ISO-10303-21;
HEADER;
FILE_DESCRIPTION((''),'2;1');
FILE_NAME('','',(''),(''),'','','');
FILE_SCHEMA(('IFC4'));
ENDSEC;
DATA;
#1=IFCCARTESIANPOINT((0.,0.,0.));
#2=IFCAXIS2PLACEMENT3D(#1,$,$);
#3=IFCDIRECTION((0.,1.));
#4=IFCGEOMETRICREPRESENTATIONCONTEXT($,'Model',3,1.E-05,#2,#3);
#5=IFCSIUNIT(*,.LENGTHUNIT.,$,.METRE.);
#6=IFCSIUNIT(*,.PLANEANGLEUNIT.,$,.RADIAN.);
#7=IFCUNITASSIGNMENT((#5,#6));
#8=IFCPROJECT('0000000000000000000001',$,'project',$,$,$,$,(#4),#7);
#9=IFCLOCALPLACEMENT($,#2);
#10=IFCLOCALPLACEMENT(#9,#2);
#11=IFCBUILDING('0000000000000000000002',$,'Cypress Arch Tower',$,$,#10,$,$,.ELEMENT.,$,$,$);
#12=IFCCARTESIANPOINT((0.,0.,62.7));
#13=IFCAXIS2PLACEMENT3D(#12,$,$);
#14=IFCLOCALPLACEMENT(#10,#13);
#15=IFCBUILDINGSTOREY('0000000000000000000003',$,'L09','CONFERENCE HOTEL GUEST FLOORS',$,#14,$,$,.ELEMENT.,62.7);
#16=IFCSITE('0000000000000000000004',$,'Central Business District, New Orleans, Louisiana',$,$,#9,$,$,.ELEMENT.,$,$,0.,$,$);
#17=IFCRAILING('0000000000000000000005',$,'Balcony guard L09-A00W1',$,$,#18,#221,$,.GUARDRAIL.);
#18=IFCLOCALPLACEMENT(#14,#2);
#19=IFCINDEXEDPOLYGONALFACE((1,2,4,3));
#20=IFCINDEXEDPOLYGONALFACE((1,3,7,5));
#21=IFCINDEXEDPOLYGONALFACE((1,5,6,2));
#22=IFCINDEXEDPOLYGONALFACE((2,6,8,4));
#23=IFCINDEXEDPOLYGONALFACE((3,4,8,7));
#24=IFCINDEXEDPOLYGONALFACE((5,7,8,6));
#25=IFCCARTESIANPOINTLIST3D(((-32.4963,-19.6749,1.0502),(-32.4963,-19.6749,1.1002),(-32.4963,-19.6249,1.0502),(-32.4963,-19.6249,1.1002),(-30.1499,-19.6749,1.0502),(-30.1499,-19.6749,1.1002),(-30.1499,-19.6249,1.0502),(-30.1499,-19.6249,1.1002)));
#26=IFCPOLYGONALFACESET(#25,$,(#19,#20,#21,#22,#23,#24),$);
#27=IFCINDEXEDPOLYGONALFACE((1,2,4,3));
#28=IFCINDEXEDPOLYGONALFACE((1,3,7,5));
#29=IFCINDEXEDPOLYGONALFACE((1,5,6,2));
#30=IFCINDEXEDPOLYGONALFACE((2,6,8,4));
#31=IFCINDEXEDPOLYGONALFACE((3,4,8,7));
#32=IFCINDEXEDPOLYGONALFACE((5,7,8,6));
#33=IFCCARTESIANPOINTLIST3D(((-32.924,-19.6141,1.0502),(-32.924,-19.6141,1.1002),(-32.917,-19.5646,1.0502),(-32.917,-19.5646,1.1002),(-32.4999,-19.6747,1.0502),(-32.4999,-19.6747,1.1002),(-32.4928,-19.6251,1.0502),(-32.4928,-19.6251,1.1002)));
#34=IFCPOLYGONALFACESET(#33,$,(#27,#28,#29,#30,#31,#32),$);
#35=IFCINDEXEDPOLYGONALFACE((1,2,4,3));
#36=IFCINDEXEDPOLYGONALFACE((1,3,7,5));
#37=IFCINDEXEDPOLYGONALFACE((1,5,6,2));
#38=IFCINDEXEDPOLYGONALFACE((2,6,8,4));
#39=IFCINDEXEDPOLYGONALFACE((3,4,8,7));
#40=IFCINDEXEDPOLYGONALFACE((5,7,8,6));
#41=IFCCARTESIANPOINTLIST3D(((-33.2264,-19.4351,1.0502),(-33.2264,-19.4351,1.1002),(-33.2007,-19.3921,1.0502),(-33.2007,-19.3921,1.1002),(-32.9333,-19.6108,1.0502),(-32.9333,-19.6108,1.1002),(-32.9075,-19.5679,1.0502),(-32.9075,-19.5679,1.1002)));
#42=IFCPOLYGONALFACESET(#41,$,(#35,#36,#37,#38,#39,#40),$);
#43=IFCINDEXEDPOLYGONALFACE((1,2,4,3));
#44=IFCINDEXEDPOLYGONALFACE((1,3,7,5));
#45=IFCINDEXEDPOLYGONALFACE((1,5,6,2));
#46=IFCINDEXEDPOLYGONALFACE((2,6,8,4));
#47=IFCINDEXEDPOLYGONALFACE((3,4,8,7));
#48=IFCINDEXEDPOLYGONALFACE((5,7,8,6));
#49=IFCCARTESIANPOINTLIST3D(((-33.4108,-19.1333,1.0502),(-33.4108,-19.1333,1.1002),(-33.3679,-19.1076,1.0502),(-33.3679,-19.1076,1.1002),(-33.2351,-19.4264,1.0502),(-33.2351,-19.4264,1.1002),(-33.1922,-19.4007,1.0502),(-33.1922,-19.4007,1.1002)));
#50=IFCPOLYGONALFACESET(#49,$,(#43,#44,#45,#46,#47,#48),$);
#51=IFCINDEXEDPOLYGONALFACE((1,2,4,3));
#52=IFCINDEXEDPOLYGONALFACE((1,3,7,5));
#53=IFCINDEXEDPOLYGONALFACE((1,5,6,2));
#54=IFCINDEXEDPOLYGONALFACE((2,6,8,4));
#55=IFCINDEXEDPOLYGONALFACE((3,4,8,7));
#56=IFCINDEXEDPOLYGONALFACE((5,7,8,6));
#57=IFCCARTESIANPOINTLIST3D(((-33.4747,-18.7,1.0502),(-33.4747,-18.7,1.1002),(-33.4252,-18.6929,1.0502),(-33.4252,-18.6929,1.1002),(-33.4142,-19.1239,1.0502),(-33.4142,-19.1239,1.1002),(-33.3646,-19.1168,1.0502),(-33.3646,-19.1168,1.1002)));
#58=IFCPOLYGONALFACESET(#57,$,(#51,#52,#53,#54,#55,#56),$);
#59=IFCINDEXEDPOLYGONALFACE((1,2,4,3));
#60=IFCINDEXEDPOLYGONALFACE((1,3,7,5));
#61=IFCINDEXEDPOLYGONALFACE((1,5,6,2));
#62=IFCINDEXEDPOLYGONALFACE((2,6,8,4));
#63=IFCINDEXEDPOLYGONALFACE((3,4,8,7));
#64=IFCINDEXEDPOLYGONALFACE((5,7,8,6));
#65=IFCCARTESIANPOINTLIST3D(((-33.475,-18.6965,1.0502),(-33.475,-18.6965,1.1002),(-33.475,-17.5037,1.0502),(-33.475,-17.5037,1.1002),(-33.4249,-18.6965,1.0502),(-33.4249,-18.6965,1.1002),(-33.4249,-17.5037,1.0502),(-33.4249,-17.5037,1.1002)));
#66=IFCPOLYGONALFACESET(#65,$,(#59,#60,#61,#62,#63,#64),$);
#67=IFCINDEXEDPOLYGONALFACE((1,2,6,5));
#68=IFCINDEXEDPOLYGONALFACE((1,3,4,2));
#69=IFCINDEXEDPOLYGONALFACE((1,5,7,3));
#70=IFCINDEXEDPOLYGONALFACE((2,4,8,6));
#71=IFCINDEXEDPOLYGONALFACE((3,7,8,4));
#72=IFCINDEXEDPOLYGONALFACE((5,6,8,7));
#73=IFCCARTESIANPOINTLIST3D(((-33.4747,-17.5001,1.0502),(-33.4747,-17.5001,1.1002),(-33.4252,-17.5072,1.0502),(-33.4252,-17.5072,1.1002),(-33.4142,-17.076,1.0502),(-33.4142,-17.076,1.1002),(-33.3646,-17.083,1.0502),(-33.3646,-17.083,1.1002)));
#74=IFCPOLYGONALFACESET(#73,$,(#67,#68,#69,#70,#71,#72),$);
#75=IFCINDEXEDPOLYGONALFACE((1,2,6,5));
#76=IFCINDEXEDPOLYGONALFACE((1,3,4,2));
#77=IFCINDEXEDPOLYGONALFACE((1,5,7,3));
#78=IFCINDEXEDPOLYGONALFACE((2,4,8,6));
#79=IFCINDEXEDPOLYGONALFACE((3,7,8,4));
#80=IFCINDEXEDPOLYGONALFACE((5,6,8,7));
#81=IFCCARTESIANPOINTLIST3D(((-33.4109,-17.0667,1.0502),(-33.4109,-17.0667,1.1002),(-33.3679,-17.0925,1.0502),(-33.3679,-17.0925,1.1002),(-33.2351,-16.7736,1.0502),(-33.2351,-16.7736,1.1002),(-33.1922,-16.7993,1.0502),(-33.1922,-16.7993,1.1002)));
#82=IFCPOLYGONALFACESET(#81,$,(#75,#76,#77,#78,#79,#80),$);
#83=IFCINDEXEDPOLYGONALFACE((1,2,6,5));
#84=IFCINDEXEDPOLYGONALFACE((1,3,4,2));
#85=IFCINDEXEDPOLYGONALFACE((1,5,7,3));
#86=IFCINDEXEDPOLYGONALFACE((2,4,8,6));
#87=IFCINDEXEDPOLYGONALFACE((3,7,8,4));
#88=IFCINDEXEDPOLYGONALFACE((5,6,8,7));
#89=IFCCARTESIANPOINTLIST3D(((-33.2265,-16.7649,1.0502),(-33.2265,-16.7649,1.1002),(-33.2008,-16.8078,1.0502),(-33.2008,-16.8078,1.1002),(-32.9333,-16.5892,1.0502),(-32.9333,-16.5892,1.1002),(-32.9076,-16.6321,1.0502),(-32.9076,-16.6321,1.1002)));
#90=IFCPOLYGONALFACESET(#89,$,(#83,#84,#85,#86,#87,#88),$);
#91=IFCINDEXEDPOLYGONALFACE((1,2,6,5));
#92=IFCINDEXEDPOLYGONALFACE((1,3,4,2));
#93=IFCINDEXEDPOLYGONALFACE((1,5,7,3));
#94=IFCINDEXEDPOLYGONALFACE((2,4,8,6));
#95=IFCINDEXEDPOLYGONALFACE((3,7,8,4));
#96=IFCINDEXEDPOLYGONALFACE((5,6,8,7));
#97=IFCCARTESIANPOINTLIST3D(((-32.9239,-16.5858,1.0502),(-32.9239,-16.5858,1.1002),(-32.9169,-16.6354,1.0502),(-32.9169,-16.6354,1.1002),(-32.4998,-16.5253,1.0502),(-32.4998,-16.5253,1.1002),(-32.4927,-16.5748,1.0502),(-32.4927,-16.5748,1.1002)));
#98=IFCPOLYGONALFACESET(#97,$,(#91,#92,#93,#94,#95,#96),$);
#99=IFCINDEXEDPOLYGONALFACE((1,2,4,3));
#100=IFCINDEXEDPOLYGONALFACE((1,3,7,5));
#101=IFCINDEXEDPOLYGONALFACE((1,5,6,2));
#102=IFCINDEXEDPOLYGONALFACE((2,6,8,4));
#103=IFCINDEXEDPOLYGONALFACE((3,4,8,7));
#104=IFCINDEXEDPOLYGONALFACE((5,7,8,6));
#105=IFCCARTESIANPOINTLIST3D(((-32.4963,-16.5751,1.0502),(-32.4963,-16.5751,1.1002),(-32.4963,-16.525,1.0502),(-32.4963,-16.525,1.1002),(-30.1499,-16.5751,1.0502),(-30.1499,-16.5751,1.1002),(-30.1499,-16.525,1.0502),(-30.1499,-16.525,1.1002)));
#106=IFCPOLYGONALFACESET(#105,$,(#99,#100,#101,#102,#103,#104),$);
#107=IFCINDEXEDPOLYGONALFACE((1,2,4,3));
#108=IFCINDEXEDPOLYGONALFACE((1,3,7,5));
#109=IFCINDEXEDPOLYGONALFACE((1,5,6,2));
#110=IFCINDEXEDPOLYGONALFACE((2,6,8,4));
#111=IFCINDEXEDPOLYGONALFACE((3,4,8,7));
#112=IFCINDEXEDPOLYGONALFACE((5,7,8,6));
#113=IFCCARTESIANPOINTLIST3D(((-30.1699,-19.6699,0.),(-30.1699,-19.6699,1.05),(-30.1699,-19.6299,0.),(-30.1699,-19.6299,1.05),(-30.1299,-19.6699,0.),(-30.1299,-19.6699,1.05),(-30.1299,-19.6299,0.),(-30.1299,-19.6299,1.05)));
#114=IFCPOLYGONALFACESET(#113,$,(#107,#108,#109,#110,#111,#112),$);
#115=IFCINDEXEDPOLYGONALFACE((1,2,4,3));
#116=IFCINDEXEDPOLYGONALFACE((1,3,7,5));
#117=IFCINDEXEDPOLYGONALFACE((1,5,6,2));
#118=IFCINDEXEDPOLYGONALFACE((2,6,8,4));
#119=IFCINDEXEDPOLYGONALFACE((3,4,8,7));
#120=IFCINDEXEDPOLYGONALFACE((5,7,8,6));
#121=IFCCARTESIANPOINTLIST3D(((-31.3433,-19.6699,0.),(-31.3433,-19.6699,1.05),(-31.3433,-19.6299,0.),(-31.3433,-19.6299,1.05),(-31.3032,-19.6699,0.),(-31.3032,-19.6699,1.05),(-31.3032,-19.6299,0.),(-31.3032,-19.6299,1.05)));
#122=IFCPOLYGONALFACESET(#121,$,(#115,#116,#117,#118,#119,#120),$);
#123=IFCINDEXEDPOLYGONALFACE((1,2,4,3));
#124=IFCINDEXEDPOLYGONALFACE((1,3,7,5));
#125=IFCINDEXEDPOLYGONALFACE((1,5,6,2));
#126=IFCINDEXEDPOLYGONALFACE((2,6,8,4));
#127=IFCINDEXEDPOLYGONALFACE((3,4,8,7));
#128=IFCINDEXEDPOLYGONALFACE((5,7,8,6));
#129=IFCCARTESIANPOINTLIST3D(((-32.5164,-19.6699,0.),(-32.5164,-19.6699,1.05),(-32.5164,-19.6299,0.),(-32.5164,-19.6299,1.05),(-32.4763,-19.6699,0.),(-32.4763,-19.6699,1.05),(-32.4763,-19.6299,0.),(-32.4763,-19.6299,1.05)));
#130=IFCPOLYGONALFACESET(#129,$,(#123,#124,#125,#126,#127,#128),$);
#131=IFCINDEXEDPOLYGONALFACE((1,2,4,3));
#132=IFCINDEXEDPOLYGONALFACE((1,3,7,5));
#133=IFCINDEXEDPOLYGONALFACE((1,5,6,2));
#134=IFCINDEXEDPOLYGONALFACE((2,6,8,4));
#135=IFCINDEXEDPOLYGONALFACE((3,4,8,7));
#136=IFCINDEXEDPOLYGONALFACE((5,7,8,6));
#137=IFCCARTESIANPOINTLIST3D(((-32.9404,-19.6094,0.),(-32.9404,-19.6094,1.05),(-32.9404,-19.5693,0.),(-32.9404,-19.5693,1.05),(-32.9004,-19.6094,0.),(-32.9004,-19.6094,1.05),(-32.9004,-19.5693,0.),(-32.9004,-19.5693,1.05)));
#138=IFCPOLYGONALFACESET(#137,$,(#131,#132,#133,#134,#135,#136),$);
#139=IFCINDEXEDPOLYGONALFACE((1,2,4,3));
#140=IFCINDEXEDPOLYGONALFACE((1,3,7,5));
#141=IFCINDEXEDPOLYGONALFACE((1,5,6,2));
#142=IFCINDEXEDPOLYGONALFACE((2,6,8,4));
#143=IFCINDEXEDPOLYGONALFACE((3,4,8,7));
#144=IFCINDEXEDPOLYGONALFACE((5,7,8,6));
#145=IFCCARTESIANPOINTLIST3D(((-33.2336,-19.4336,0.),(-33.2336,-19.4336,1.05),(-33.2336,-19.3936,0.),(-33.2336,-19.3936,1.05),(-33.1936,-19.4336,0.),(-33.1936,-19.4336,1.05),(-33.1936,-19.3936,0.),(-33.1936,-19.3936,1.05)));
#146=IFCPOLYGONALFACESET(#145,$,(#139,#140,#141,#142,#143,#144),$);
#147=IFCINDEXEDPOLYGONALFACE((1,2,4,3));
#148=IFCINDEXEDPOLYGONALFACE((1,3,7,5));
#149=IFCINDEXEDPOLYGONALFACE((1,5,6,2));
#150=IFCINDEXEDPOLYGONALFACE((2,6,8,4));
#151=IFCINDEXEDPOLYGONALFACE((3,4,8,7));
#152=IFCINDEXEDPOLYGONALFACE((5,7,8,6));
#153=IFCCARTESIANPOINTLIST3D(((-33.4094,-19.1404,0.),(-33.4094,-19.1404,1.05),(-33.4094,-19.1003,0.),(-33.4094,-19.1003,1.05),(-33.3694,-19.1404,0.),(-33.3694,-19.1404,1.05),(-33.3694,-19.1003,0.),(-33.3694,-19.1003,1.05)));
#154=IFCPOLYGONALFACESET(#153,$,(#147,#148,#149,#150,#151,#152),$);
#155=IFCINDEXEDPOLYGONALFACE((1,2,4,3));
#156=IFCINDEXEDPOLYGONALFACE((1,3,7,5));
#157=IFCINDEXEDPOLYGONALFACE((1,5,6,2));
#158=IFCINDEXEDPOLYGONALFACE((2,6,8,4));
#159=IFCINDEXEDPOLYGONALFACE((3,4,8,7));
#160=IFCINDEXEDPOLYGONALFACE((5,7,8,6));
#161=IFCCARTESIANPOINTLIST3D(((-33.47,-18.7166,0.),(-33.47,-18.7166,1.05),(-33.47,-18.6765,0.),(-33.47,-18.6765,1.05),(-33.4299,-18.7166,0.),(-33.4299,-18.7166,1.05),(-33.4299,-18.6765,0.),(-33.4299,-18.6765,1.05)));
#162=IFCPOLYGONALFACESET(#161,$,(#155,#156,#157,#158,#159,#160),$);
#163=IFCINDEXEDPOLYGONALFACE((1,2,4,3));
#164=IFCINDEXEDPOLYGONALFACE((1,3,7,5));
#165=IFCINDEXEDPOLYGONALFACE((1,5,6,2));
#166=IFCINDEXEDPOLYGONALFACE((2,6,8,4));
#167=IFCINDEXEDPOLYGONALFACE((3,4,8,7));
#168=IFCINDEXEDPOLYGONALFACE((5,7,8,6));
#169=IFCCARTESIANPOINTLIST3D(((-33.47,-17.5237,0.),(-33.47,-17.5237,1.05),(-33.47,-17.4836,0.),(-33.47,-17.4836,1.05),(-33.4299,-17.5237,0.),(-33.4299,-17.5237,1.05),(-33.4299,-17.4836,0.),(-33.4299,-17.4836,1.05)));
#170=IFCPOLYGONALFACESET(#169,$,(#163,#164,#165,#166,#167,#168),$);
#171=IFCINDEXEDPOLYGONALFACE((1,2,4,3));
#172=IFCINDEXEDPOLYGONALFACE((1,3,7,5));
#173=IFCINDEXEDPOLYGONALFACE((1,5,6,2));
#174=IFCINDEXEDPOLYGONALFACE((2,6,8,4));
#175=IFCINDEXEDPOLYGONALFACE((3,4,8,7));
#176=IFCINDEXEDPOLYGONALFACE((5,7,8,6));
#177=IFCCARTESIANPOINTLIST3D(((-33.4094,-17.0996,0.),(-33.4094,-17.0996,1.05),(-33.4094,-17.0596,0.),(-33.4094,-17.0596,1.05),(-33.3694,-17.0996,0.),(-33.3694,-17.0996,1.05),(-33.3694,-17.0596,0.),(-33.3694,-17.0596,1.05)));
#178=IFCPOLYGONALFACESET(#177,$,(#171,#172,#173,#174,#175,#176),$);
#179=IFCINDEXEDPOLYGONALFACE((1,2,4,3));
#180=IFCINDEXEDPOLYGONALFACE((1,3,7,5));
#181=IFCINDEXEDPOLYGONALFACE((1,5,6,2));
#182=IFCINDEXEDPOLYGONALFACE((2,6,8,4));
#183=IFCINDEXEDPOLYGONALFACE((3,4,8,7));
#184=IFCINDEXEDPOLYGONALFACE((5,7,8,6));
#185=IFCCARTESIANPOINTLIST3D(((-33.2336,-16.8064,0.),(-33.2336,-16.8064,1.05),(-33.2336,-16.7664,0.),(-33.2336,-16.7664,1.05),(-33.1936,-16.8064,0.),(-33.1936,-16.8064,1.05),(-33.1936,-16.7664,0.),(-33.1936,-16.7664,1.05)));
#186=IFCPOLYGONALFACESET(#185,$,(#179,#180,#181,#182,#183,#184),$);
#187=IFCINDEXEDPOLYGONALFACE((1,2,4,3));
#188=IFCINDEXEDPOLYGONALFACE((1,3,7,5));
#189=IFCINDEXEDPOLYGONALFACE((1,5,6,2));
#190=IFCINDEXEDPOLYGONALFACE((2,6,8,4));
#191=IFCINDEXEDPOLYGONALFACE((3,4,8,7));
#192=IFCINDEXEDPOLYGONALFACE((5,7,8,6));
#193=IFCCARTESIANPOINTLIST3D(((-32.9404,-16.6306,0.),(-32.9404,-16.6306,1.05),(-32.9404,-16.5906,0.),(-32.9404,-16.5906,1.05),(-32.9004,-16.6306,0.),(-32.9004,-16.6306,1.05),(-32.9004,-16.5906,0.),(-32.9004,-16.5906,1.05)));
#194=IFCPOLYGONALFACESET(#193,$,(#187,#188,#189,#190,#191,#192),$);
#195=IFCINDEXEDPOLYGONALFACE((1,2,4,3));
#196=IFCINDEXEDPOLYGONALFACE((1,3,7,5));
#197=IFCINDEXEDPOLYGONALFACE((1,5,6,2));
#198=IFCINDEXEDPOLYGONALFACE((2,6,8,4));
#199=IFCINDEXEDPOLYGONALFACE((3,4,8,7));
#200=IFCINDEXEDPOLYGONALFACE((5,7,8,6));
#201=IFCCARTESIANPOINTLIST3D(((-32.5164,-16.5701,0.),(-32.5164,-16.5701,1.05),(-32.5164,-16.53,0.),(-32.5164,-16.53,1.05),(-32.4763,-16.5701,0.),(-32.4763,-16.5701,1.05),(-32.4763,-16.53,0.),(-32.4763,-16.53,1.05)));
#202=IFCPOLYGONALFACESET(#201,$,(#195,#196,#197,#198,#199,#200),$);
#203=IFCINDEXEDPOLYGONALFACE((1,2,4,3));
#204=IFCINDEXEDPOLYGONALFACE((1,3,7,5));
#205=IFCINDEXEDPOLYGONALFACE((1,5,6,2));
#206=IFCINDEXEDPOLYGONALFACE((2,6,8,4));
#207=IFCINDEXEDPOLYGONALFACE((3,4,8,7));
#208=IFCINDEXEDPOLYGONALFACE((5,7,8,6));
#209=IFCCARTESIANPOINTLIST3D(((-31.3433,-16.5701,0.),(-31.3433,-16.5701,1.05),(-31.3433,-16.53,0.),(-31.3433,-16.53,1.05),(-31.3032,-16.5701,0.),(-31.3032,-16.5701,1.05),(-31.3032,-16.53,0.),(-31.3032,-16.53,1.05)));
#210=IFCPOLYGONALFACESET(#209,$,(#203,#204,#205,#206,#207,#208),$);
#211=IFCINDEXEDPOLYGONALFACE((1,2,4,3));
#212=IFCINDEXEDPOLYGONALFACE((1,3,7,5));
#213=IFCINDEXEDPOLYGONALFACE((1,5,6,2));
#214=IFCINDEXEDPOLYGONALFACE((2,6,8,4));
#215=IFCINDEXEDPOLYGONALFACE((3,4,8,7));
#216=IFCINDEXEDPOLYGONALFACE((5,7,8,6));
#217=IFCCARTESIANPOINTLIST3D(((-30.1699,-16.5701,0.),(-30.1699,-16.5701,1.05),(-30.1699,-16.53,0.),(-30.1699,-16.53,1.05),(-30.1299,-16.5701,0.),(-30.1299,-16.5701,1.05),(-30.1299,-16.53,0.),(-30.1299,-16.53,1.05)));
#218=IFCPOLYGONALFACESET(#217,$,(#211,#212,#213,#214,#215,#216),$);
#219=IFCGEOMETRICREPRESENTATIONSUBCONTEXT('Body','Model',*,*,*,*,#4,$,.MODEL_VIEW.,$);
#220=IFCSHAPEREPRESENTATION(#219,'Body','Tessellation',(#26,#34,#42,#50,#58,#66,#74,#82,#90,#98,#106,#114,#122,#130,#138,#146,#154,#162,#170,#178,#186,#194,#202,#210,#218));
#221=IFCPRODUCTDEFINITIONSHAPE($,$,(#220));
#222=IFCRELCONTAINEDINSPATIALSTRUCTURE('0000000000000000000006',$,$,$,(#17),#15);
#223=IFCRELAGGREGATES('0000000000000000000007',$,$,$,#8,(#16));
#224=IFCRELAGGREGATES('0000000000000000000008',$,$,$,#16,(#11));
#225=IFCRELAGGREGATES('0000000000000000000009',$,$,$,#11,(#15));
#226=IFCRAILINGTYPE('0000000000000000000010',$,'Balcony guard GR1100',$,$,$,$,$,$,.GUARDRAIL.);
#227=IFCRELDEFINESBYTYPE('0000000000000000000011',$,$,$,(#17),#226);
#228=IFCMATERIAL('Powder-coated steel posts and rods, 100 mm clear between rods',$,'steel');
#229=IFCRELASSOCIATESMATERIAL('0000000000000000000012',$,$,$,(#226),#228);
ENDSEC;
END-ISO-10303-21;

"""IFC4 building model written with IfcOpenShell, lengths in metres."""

from ifc_helpers import new_model, si_unit, direction, frame, origin, origin_2d, place, context, subcontext, project, spatial, rectangle, extrude, material, type_object, element, save


model = new_model("IFC4")

# Units and contexts
model_context = context("Model", 3, precision=1e-05, world=origin(), true_north=direction((0.0, 1.0)))
body_context = subcontext(model_context, "Body", "Model", "MODEL_VIEW")
ifc_project = project(units=[si_unit("LENGTHUNIT", "METRE"), si_unit("PLANEANGLEUNIT", "RADIAN")], contexts=[model_context])

# Site, building, storey
site_placement = place(None, origin())
site = spatial("IfcSite", under=ifc_project, at=site_placement, Name="Central Business District, New Orleans, Louisiana", CompositionType="ELEMENT", RefElevation=0.0)
building_placement = place(site_placement, origin())
building = spatial("IfcBuilding", under=site, at=building_placement, Name="Cypress Arch Tower", CompositionType="ELEMENT")
storey_placement = place(building_placement, frame((0.0, 0.0, 62.7)))
storey = spatial("IfcBuildingStorey", under=building, at=storey_placement, Name="L09", Description="CONFERENCE HOTEL GUEST FLOORS", CompositionType="ELEMENT", Elevation=62.7)

# Railing
ifc_material_1 = material(Name="Powder-coated steel posts and rods, 100 mm clear between rods", Category="steel")
railing_type = type_object("IfcRailingType", Name="Balcony guard GR1100", PredefinedType="GUARDRAIL", material=ifc_material_1)
railing_placement = place(storey_placement, frame((-30.1499, -19.6499, 0.0)))
element("IfcRailing", 1, at=railing_placement, inside=storey, type_object=railing_type, Name="Balcony guard L09-A00W1", PredefinedType="GUARDRAIL", context=body_context, shape_type="SweptSolid", body=[
    extrude(rectangle(XDim=0.05, YDim=0.05, at=origin_2d()), frame((0.0, 0.0, 1.0752), z_axis=(-1.0, 0.0, 0.0), x_axis=(0.0, -1.0, 0.0)), (0.0, 0.0, 1.0), 2.3464),
    extrude(rectangle(XDim=0.05, YDim=0.05, at=origin_2d()), frame((-2.3464, 0.0, 1.0752), z_axis=(-0.989961, 0.141342, 0.0), x_axis=(-0.141342, -0.989961, 0.0)), (0.0, 0.0, 1.0), 0.4285),
    extrude(rectangle(XDim=0.05, YDim=0.05, at=origin_2d()), frame((-2.7705, 0.0605, 1.0752), z_axis=(-0.857682, 0.514181, 0.0), x_axis=(-0.514181, -0.857682, 0.0)), (0.0, 0.0, 1.0), 0.3418),
    extrude(rectangle(XDim=0.05, YDim=0.05, at=origin_2d()), frame((-3.0637, 0.2363, 1.0752), z_axis=(-0.514181, 0.857682, 0.0), x_axis=(-0.857682, -0.514181, 0.0)), (0.0, 0.0, 1.0), 0.3418),
    extrude(rectangle(XDim=0.05, YDim=0.05, at=origin_2d()), frame((-3.2395, 0.5295, 1.0752), z_axis=(-0.141421, 0.989949, 0.0), x_axis=(-0.989949, -0.141421, 0.0)), (0.0, 0.0, 1.0), 0.4282),
    extrude(rectangle(XDim=0.05, YDim=0.05, at=origin_2d()), frame((-3.3, 0.9534, 1.0752), z_axis=(0.0, 1.0, 0.0), x_axis=(-1.0, 0.0, 0.0)), (0.0, 0.0, 1.0), 1.1929),
    extrude(rectangle(XDim=0.05, YDim=0.05, at=origin_2d()), frame((-3.3, 2.1462, 1.0752), z_axis=(0.141342, 0.989961, 0.0), x_axis=(-0.989961, 0.141342, 0.0)), (0.0, 0.0, 1.0), 0.4285),
    extrude(rectangle(XDim=0.05, YDim=0.05, at=origin_2d()), frame((-3.2395, 2.5703, 1.0752), z_axis=(0.514181, 0.857682, 0.0), x_axis=(-0.857682, 0.514181, 0.0)), (0.0, 0.0, 1.0), 0.3418),
    extrude(rectangle(XDim=0.05, YDim=0.05, at=origin_2d()), frame((-3.0637, 2.8635, 1.0752), z_axis=(0.857682, 0.514181, 0.0), x_axis=(-0.514181, 0.857682, 0.0)), (0.0, 0.0, 1.0), 0.3418),
    extrude(rectangle(XDim=0.05, YDim=0.05, at=origin_2d()), frame((-2.7705, 3.0393, 1.0752), z_axis=(0.989961, 0.141342, 0.0), x_axis=(-0.141342, 0.989961, 0.0)), (0.0, 0.0, 1.0), 0.4285),
    extrude(rectangle(XDim=0.05, YDim=0.05, at=origin_2d()), frame((-2.3464, 3.0999, 1.0752), z_axis=(1.0, 0.0, 0.0), x_axis=(0.0, 1.0, 0.0)), (0.0, 0.0, 1.0), 2.3464),
    extrude(rectangle(XDim=0.04, YDim=0.04, at=origin_2d()), origin(), (0.0, 0.0, 1.0), 1.05),
    extrude(rectangle(XDim=0.04, YDim=0.04, at=origin_2d()), frame((-1.1733, 0.0, 0.0)), (0.0, 0.0, 1.0), 1.05),
    extrude(rectangle(XDim=0.04, YDim=0.04, at=origin_2d()), frame((-2.3464, 0.0, 0.0)), (0.0, 0.0, 1.0), 1.05),
    extrude(rectangle(XDim=0.04, YDim=0.04, at=origin_2d()), frame((-2.7705, 0.0605, 0.0)), (0.0, 0.0, 1.0), 1.05),
    extrude(rectangle(XDim=0.04, YDim=0.04, at=origin_2d()), frame((-3.0637, 0.2363, 0.0)), (0.0, 0.0, 1.0), 1.05),
    extrude(rectangle(XDim=0.04, YDim=0.04, at=origin_2d()), frame((-3.2395, 0.5295, 0.0)), (0.0, 0.0, 1.0), 1.05),
    extrude(rectangle(XDim=0.04, YDim=0.04, at=origin_2d()), frame((-3.3, 0.9534, 0.0)), (0.0, 0.0, 1.0), 1.05),
    extrude(rectangle(XDim=0.04, YDim=0.04, at=origin_2d()), frame((-3.3, 2.1462, 0.0)), (0.0, 0.0, 1.0), 1.05),
    extrude(rectangle(XDim=0.04, YDim=0.04, at=origin_2d()), frame((-3.2395, 2.5703, 0.0)), (0.0, 0.0, 1.0), 1.05),
    extrude(rectangle(XDim=0.04, YDim=0.04, at=origin_2d()), frame((-3.0637, 2.8635, 0.0)), (0.0, 0.0, 1.0), 1.05),
    extrude(rectangle(XDim=0.04, YDim=0.04, at=origin_2d()), frame((-2.7705, 3.0393, 0.0)), (0.0, 0.0, 1.0), 1.05),
    extrude(rectangle(XDim=0.04, YDim=0.04, at=origin_2d()), frame((-2.3464, 3.0999, 0.0)), (0.0, 0.0, 1.0), 1.05),
    extrude(rectangle(XDim=0.04, YDim=0.04, at=origin_2d()), frame((-1.1733, 3.0999, 0.0)), (0.0, 0.0, 1.0), 1.05),
    extrude(rectangle(XDim=0.04, YDim=0.04, at=origin_2d()), frame((0.0, 3.0999, 0.0)), (0.0, 0.0, 1.0), 1.05),
])

save(model, "model.ifc")
